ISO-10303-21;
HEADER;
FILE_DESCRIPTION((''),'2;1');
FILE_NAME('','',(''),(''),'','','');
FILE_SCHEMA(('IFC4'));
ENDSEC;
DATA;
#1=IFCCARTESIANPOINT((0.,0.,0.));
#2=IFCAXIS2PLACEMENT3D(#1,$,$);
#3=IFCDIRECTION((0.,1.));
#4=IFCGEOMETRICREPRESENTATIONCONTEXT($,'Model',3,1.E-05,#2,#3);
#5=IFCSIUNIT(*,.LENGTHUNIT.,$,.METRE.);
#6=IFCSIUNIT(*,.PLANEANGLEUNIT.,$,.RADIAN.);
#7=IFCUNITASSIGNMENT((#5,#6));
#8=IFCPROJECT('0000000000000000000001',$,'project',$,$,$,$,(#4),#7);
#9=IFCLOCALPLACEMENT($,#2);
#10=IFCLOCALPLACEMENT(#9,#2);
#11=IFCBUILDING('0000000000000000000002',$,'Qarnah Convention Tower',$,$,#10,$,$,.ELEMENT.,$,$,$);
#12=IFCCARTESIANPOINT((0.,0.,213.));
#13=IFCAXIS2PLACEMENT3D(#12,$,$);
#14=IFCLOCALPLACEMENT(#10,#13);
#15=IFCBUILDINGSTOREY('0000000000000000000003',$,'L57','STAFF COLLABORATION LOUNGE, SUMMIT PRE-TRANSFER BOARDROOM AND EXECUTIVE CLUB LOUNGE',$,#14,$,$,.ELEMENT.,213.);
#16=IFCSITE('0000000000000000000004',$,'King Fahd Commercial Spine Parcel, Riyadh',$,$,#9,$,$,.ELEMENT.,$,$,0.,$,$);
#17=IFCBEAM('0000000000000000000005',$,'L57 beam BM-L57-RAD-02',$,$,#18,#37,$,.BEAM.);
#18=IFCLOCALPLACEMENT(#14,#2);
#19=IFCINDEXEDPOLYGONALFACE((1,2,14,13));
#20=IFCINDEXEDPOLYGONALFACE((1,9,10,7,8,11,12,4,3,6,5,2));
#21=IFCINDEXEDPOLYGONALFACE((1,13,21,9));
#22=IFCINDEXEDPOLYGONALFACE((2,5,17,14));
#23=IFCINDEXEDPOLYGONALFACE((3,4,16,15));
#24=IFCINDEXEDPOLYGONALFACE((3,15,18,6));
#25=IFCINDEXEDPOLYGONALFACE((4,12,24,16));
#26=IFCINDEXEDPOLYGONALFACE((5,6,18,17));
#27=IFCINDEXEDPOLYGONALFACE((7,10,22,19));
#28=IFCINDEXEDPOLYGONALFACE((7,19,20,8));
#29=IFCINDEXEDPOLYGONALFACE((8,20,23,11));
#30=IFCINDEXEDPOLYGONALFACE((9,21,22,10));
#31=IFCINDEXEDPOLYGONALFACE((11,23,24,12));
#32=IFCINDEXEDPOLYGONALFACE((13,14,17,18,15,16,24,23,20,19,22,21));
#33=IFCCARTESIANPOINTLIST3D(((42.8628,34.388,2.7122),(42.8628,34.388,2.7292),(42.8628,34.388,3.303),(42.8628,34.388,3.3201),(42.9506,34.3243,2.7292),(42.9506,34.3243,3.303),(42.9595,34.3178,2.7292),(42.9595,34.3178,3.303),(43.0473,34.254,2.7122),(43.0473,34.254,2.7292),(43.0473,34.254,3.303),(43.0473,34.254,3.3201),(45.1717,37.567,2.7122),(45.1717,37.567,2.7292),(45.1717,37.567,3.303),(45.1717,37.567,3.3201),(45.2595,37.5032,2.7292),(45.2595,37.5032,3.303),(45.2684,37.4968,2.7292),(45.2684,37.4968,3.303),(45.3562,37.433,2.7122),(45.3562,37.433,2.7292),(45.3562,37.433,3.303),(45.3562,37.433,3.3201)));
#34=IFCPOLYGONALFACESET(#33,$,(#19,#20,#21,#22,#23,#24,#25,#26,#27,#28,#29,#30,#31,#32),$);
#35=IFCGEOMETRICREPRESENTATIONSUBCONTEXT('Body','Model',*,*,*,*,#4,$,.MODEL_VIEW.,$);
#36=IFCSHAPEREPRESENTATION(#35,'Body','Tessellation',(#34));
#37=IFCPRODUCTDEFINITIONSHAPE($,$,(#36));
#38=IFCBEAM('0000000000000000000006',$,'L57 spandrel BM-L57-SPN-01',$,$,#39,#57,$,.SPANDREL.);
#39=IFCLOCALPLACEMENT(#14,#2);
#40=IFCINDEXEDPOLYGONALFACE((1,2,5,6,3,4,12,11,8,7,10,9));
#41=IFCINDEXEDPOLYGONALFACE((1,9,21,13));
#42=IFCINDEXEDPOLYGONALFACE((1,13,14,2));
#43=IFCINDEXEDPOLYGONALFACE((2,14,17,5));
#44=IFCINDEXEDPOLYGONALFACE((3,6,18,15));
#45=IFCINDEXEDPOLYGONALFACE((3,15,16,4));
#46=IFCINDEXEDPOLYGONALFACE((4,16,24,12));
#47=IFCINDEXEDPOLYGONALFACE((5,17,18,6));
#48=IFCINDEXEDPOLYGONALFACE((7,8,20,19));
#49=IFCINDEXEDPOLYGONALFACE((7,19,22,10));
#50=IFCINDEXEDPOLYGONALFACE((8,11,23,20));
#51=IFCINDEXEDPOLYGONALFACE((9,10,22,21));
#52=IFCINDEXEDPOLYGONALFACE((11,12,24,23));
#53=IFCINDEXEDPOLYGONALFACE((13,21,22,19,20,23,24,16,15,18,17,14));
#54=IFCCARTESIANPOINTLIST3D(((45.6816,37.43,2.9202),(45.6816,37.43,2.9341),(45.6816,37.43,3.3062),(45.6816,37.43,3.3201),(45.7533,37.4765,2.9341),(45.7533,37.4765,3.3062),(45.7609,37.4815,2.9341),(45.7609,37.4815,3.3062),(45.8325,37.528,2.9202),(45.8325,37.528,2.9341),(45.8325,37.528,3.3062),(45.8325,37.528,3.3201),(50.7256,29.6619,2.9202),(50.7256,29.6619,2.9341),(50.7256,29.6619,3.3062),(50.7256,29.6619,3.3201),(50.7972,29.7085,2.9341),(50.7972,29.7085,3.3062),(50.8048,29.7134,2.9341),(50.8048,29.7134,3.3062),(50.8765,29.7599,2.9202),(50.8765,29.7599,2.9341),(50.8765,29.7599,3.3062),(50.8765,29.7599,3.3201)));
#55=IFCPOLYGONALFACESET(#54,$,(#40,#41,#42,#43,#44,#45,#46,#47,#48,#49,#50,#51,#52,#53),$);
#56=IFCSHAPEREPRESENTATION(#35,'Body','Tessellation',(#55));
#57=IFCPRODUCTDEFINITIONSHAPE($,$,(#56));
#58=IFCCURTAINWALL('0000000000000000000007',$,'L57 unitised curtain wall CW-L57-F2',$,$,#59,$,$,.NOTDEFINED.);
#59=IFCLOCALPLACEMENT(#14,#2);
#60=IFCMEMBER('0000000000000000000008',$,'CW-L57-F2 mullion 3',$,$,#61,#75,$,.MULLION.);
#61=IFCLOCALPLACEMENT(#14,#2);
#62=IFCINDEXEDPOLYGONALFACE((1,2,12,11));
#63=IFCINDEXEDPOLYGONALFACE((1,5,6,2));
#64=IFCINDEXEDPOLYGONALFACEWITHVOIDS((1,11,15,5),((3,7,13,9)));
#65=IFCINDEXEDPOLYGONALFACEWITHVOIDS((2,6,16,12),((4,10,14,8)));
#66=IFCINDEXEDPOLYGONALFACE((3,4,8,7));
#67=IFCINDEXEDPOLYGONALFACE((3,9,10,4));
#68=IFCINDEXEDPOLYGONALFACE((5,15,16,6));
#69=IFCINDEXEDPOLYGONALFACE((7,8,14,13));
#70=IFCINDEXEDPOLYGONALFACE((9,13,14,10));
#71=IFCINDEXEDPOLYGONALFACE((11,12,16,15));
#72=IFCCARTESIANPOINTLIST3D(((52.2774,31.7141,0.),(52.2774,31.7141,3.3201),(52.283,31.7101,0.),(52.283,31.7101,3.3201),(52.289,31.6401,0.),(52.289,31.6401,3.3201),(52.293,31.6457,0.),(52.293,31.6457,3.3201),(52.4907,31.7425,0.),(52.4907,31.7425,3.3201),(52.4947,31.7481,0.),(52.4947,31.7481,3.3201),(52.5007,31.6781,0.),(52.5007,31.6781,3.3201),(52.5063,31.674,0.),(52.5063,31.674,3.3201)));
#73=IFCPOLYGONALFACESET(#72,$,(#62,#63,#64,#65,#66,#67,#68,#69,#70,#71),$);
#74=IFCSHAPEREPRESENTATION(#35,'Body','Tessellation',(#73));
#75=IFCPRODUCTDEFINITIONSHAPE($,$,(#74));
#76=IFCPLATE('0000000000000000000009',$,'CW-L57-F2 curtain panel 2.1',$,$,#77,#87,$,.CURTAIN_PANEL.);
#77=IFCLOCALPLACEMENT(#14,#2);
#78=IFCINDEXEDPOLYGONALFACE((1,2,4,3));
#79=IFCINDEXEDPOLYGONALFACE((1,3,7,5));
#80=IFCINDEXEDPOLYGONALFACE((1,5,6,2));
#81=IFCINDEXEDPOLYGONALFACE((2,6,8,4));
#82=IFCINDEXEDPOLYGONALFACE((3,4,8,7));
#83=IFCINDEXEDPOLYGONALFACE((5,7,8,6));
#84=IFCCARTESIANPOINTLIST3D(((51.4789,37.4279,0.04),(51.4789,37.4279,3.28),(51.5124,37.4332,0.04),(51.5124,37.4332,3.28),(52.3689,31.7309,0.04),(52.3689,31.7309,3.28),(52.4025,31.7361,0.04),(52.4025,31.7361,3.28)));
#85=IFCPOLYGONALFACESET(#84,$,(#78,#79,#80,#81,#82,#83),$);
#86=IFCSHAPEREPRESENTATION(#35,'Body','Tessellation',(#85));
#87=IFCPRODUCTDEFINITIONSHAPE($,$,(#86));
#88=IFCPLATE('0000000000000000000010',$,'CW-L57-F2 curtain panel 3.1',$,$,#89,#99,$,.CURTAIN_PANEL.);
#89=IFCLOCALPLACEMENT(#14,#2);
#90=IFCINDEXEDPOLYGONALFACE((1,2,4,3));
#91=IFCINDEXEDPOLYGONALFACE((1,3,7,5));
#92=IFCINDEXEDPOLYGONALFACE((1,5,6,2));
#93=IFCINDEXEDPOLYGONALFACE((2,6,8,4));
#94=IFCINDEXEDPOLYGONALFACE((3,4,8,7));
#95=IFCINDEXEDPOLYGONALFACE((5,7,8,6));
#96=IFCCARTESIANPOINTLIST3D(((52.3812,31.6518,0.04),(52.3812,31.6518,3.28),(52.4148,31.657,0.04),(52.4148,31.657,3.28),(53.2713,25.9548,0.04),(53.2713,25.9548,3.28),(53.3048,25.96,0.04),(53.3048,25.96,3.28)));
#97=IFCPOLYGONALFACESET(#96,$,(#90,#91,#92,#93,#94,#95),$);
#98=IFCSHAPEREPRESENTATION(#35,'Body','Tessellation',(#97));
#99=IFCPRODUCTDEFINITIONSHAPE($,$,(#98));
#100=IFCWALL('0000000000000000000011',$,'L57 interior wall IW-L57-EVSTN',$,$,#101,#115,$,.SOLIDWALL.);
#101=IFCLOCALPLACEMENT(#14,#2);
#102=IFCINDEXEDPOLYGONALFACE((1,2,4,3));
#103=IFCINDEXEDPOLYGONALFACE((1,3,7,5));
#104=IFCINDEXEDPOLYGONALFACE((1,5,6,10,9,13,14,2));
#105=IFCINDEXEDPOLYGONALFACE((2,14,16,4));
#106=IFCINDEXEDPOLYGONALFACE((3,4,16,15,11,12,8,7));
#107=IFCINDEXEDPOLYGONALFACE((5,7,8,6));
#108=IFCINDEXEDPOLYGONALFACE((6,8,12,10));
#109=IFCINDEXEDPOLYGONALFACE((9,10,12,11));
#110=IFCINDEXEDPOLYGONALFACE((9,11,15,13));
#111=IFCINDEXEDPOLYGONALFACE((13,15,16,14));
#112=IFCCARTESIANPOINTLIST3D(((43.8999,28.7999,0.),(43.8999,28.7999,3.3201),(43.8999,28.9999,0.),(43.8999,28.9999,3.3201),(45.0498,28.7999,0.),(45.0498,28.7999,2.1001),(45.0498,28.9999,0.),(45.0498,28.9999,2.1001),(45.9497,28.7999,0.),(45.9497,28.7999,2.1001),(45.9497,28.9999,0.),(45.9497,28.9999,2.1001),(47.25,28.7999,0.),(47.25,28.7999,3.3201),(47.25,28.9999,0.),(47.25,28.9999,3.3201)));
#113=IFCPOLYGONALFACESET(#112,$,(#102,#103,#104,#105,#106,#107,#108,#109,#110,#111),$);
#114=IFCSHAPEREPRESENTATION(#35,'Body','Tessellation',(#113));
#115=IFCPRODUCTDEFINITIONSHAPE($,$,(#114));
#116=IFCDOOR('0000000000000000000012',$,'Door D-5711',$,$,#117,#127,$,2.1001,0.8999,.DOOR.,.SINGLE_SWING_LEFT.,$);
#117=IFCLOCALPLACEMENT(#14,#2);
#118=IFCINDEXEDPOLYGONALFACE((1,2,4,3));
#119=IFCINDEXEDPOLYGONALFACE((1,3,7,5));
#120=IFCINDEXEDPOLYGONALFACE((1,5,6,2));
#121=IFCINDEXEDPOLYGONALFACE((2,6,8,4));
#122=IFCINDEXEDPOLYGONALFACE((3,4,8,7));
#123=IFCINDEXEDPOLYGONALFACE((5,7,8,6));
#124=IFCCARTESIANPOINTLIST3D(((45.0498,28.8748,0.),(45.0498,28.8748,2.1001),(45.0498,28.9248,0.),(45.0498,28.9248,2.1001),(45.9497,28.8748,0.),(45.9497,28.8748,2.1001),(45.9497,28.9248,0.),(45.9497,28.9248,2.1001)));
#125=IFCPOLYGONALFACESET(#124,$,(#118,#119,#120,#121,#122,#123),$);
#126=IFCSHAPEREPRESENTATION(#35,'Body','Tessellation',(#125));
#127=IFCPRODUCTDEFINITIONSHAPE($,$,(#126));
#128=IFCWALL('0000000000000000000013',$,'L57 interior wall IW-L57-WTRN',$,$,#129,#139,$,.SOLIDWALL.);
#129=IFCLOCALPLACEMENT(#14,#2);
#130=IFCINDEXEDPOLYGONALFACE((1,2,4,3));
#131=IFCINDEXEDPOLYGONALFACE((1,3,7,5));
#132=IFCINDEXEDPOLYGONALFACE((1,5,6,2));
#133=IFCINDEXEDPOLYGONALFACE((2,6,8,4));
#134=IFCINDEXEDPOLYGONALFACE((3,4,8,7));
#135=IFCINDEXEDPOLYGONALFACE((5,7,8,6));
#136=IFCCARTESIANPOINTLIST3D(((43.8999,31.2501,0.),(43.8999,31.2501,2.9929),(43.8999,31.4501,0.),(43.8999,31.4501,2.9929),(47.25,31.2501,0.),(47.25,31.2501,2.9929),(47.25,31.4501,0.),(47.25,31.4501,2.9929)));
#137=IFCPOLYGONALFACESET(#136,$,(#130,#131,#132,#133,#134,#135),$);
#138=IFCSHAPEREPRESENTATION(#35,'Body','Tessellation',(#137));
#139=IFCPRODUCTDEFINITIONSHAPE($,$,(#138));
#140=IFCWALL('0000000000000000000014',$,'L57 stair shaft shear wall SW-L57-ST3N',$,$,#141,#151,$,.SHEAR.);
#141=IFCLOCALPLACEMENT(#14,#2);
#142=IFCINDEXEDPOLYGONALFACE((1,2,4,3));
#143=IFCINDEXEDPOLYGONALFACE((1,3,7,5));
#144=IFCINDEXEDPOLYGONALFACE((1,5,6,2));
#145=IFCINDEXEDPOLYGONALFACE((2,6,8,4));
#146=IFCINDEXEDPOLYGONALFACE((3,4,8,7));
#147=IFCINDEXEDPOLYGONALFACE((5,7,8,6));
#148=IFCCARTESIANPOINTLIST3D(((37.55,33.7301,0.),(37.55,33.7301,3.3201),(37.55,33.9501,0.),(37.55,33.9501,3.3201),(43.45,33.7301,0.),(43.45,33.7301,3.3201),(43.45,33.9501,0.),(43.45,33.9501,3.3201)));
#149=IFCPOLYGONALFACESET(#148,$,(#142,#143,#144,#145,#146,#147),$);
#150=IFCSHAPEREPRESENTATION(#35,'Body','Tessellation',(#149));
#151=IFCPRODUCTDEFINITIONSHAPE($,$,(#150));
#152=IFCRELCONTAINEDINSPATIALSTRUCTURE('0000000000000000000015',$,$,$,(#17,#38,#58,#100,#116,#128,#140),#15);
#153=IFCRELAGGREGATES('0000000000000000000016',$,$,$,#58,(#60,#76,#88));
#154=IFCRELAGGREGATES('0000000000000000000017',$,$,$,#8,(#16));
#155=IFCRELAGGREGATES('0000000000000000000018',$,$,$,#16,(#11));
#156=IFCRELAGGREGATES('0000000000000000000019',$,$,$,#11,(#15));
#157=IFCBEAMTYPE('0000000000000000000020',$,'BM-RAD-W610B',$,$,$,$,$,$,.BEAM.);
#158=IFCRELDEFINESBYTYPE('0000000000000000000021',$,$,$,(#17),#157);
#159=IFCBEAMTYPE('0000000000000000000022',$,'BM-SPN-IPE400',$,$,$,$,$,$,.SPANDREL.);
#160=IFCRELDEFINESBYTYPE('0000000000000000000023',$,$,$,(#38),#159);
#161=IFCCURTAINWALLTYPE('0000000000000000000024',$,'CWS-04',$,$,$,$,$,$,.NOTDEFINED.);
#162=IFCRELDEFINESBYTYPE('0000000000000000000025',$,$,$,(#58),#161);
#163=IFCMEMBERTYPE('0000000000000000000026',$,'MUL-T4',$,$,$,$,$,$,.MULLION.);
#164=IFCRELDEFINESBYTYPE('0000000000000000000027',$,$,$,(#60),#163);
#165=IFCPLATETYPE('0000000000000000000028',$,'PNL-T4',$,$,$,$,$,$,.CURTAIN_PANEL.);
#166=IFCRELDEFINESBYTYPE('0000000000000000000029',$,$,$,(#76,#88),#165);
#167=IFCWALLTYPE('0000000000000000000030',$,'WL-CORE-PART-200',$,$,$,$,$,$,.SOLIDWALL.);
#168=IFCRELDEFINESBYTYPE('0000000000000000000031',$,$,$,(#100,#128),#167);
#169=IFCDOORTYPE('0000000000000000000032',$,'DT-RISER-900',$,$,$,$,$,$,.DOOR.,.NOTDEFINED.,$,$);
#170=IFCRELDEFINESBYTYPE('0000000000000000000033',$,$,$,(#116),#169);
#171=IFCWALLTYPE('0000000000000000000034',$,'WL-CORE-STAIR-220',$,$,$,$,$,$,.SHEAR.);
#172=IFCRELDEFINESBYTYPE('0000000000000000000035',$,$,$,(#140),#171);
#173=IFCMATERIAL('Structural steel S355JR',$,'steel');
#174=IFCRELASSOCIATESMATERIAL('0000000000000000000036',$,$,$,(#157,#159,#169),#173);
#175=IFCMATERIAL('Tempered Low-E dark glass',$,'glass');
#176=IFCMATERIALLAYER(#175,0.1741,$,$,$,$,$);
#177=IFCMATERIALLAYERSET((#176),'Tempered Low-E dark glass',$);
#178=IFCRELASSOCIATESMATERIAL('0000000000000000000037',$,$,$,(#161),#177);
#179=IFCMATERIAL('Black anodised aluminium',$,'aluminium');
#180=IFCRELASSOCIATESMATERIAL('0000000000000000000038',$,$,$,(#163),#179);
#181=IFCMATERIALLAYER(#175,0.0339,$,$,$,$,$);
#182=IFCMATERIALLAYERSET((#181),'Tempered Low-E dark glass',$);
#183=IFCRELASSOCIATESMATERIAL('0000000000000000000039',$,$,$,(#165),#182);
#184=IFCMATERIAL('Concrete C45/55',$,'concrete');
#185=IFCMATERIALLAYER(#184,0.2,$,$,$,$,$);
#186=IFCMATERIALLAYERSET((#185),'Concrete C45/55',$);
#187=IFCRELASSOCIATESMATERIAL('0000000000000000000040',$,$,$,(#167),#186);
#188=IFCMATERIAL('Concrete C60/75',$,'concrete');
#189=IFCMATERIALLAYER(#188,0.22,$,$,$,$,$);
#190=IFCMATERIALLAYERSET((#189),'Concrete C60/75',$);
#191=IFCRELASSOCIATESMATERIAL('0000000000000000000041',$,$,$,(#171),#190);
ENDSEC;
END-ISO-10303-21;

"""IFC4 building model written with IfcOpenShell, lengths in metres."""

from ifc_helpers import new_model, si_unit, direction, frame, frame_2d, origin, origin_2d, place, context, subcontext, project, spatial, rectangle, hollow_rectangle, i_section, extrude, material, layer, layer_set, material_profile, profile_set, type_object, element, fill, aggregate, save


model = new_model("IFC4")

# Units and contexts
model_context = context("Model", 3, precision=1e-05, world=origin(), true_north=direction((0.0, 1.0)))
body_context = subcontext(model_context, "Body", "Model", "MODEL_VIEW")
ifc_project = project(units=[si_unit("LENGTHUNIT", "METRE"), si_unit("PLANEANGLEUNIT", "RADIAN")], contexts=[model_context])

# Site, building, storey
site_placement = place(None, origin())
site = spatial("IfcSite", under=ifc_project, at=site_placement, Name="King Fahd Commercial Spine Parcel, Riyadh", CompositionType="ELEMENT", RefElevation=0.0)
building_placement = place(site_placement, origin())
building = spatial("IfcBuilding", under=site, at=building_placement, Name="Qarnah Convention Tower", CompositionType="ELEMENT")
storey_placement = place(building_placement, frame((0.0, 0.0, 213.0)))
storey = spatial("IfcBuildingStorey", under=building, at=storey_placement, Name="L57", Description="STAFF COLLABORATION LOUNGE, SUMMIT PRE-TRANSFER BOARDROOM AND EXECUTIVE CLUB LOUNGE", CompositionType="ELEMENT", Elevation=213.0)

# Beams
ifc_material_1 = material(Name="Structural steel S355JR", Category="steel")
ifc_material_profile_1 = material_profile(ifc_material_1, i_section(OverallWidth=0.228, OverallDepth=0.6079, WebThickness=0.011, FlangeThickness=0.0171, at=origin_2d()), Name="W610X113")
ifc_profile_set_1 = profile_set([ifc_material_profile_1], Name="Structural steel S355JR")
beam_type_1 = type_object("IfcBeamType", Name="BM-RAD-W610B", PredefinedType="BEAM", material=ifc_profile_set_1)
beam_1_placement = place(storey_placement, frame((42.9551, 34.321, 3.0161), z_axis=(0.587651, 0.809115, 0.0), x_axis=(-0.809115, 0.587651, 0.0)))
element("IfcBeam", 1, at=beam_1_placement, inside=storey, type_object=beam_type_1, Name="L57 beam BM-L57-RAD-02", PredefinedType="BEAM", context=body_context, shape_type="SweptSolid", body=[
    extrude(i_section(OverallWidth=0.228, OverallDepth=0.6079, WebThickness=0.011, FlangeThickness=0.0171, at=origin_2d()), origin(), (0.0, 0.0, 1.0), 3.929),
])
ifc_material_profile_2 = material_profile(ifc_material_1, i_section(OverallWidth=0.1799, OverallDepth=0.3999, WebThickness=0.009, FlangeThickness=0.0139, at=origin_2d()), Name="IPE400")
ifc_profile_set_2 = profile_set([ifc_material_profile_2], Name="Structural steel S355JR")
beam_type_2 = type_object("IfcBeamType", Name="BM-SPN-IPE400", PredefinedType="SPANDREL", material=ifc_profile_set_2)
beam_2_placement = place(storey_placement, frame((50.801, 29.7109, 3.1201), z_axis=(-0.544586, 0.838705, 0.0), x_axis=(-0.838705, -0.544586, 0.0)))
element("IfcBeam", 2, at=beam_2_placement, inside=storey, type_object=beam_type_2, Name="L57 spandrel BM-L57-SPN-01", PredefinedType="SPANDREL", context=body_context, shape_type="SweptSolid", body=[
    extrude(i_section(OverallWidth=0.1799, OverallDepth=0.3999, WebThickness=0.009, FlangeThickness=0.0139, at=origin_2d()), origin(), (0.0, 0.0, 1.0), 9.262),
])

# Curtain wall, member, plates
ifc_material_2 = material(Name="Tempered Low-E dark glass", Category="glass")
ifc_layer_1 = layer(ifc_material_2, 0.1741)
ifc_layer_set_1 = layer_set([ifc_layer_1], Name="Tempered Low-E dark glass")
curtain_wall_type = type_object("IfcCurtainWallType", Name="CWS-04", PredefinedType="NOTDEFINED", material=ifc_layer_set_1)
curtain_wall_placement = place(storey_placement, origin())
curtain_wall = element("IfcCurtainWall", 3, at=curtain_wall_placement, inside=storey, type_object=curtain_wall_type, Name="L57 unitised curtain wall CW-L57-F2", PredefinedType="NOTDEFINED")
ifc_material_3 = material(Name="Black anodised aluminium", Category="aluminium")
ifc_material_profile_3 = material_profile(ifc_material_3, hollow_rectangle(XDim=0.075, YDim=0.22, WallThickness=0.0049, at=origin_2d()), Name="MUL-75X220")
ifc_profile_set_3 = profile_set([ifc_material_profile_3], Name="Black anodised aluminium")
member_type = type_object("IfcMemberType", Name="MUL-T4", PredefinedType="MULLION", material=ifc_profile_set_3)
member_placement = place(storey_placement, frame((52.3918, 31.6941, 0.0), z_axis=(0.0, 0.0, 1.0), x_axis=(0.15436, -0.988015, 0.0)))
member = element("IfcMember", 4, at=member_placement, type_object=member_type, Name="CW-L57-F2 mullion 3", PredefinedType="MULLION", context=body_context, shape_type="SweptSolid", body=[
    extrude(hollow_rectangle(XDim=0.075, YDim=0.22, WallThickness=0.0049, at=origin_2d()), origin(), (0.0, 0.0, 1.0), 3.3201),
])
ifc_layer_2 = layer(ifc_material_2, 0.0339)
ifc_layer_set_2 = layer_set([ifc_layer_2], Name="Tempered Low-E dark glass")
plate_type = type_object("IfcPlateType", Name="PNL-T4", PredefinedType="CURTAIN_PANEL", material=ifc_layer_set_2)
plate_1_placement = place(storey_placement, frame((51.9407, 34.582, 0.04), z_axis=(0.0, 0.0, 1.0), x_axis=(0.15436, -0.988015, 0.0)))
plate_1 = element("IfcPlate", 5, at=plate_1_placement, type_object=plate_type, Name="CW-L57-F2 curtain panel 2.1", PredefinedType="CURTAIN_PANEL", context=body_context, shape_type="SweptSolid", body=[
    extrude(rectangle(XDim=5.7661, YDim=0.0339, at=origin_2d()), origin(), (0.0, 0.0, 1.0), 3.24),
])
plate_2_placement = place(storey_placement, frame((52.843, 28.8059, 0.04), z_axis=(0.0, 0.0, 1.0), x_axis=(0.15436, -0.988015, 0.0)))
plate_2 = element("IfcPlate", 6, at=plate_2_placement, type_object=plate_type, Name="CW-L57-F2 curtain panel 3.1", PredefinedType="CURTAIN_PANEL", context=body_context, shape_type="SweptSolid", body=[
    extrude(rectangle(XDim=5.7661, YDim=0.0339, at=origin_2d()), origin(), (0.0, 0.0, 1.0), 3.24),
])
aggregate(curtain_wall, [member, plate_1, plate_2])

# Wall, opening, door
ifc_material_4 = material(Name="Concrete C45/55", Category="concrete")
ifc_layer_3 = layer(ifc_material_4, 0.2)
ifc_layer_set_3 = layer_set([ifc_layer_3], Name="Concrete C45/55")
wall_type_1 = type_object("IfcWallType", Name="WL-CORE-PART-200", PredefinedType="SOLIDWALL", material=ifc_layer_set_3)
wall_1_placement = place(storey_placement, frame((43.8999, 28.8999, 0.0), z_axis=(0.0, 0.0, 1.0), x_axis=(1.0, 0.0, 0.0)))
wall_1 = element("IfcWall", 7, at=wall_1_placement, inside=storey, type_object=wall_type_1, Name="L57 interior wall IW-L57-EVSTN", PredefinedType="SOLIDWALL", context=body_context, shape_type="SweptSolid", body=[
    extrude(rectangle(XDim=3.3501, YDim=0.2, at=frame_2d((1.675, 0.0))), origin(), (0.0, 0.0, 1.0), 3.3201),
])
opening_1_placement = place(wall_1_placement, frame((1.1499, 0.0, 0.0)))
opening_1 = element("IfcOpeningElement", 8, at=opening_1_placement, cuts=wall_1, PredefinedType="OPENING", context=body_context, shape_type="SweptSolid", body=[
    extrude(rectangle(XDim=0.8999, YDim=2.1001, at=frame_2d((0.45, 1.05))), frame((0.0, 0.1099, 0.0), z_axis=(0.0, -1.0, 0.0), x_axis=(1.0, 0.0, 0.0)), (0.0, 0.0, 1.0), 0.22),
])
door_type_1 = type_object("IfcDoorType", Name="DT-RISER-900", OperationType="NOTDEFINED", PredefinedType="DOOR", material=ifc_material_1)
door_1_placement = place(opening_1_placement, origin())
door_1 = element("IfcDoor", 9, at=door_1_placement, inside=storey, type_object=door_type_1, Name="Door D-5711", OperationType="SINGLE_SWING_LEFT", OverallHeight=2.1001, OverallWidth=0.8999, PredefinedType="DOOR", context=body_context, shape_type="SweptSolid", body=[
    extrude(rectangle(XDim=0.8999, YDim=2.1001, at=frame_2d((0.45, 1.05))), frame((0.0, 0.0249, 0.0), z_axis=(0.0, -1.0, 0.0), x_axis=(1.0, 0.0, 0.0)), (0.0, 0.0, 1.0), 0.05),
])
fill(opening_1, door_1)

# Walls
wall_2_placement = place(storey_placement, frame((43.8999, 31.3501, 0.0), z_axis=(0.0, 0.0, 1.0), x_axis=(1.0, 0.0, 0.0)))
element("IfcWall", 10, at=wall_2_placement, inside=storey, type_object=wall_type_1, Name="L57 interior wall IW-L57-WTRN", PredefinedType="SOLIDWALL", context=body_context, shape_type="SweptSolid", body=[
    extrude(rectangle(XDim=3.3501, YDim=0.2, at=frame_2d((1.675, 0.0))), origin(), (0.0, 0.0, 1.0), 2.9929),
])
ifc_material_5 = material(Name="Concrete C60/75", Category="concrete")
ifc_layer_4 = layer(ifc_material_5, 0.22)
ifc_layer_set_4 = layer_set([ifc_layer_4], Name="Concrete C60/75")
wall_type_2 = type_object("IfcWallType", Name="WL-CORE-STAIR-220", PredefinedType="SHEAR", material=ifc_layer_set_4)
wall_3_placement = place(storey_placement, frame((37.55, 33.8401, 0.0), z_axis=(0.0, 0.0, 1.0), x_axis=(1.0, 0.0, 0.0)))
element("IfcWall", 11, at=wall_3_placement, inside=storey, type_object=wall_type_2, Name="L57 stair shaft shear wall SW-L57-ST3N", PredefinedType="SHEAR", context=body_context, shape_type="SweptSolid", body=[
    extrude(rectangle(XDim=5.8999, YDim=0.22, at=frame_2d((2.95, 0.0))), origin(), (0.0, 0.0, 1.0), 3.3201),
])

save(model, "model.ifc")
